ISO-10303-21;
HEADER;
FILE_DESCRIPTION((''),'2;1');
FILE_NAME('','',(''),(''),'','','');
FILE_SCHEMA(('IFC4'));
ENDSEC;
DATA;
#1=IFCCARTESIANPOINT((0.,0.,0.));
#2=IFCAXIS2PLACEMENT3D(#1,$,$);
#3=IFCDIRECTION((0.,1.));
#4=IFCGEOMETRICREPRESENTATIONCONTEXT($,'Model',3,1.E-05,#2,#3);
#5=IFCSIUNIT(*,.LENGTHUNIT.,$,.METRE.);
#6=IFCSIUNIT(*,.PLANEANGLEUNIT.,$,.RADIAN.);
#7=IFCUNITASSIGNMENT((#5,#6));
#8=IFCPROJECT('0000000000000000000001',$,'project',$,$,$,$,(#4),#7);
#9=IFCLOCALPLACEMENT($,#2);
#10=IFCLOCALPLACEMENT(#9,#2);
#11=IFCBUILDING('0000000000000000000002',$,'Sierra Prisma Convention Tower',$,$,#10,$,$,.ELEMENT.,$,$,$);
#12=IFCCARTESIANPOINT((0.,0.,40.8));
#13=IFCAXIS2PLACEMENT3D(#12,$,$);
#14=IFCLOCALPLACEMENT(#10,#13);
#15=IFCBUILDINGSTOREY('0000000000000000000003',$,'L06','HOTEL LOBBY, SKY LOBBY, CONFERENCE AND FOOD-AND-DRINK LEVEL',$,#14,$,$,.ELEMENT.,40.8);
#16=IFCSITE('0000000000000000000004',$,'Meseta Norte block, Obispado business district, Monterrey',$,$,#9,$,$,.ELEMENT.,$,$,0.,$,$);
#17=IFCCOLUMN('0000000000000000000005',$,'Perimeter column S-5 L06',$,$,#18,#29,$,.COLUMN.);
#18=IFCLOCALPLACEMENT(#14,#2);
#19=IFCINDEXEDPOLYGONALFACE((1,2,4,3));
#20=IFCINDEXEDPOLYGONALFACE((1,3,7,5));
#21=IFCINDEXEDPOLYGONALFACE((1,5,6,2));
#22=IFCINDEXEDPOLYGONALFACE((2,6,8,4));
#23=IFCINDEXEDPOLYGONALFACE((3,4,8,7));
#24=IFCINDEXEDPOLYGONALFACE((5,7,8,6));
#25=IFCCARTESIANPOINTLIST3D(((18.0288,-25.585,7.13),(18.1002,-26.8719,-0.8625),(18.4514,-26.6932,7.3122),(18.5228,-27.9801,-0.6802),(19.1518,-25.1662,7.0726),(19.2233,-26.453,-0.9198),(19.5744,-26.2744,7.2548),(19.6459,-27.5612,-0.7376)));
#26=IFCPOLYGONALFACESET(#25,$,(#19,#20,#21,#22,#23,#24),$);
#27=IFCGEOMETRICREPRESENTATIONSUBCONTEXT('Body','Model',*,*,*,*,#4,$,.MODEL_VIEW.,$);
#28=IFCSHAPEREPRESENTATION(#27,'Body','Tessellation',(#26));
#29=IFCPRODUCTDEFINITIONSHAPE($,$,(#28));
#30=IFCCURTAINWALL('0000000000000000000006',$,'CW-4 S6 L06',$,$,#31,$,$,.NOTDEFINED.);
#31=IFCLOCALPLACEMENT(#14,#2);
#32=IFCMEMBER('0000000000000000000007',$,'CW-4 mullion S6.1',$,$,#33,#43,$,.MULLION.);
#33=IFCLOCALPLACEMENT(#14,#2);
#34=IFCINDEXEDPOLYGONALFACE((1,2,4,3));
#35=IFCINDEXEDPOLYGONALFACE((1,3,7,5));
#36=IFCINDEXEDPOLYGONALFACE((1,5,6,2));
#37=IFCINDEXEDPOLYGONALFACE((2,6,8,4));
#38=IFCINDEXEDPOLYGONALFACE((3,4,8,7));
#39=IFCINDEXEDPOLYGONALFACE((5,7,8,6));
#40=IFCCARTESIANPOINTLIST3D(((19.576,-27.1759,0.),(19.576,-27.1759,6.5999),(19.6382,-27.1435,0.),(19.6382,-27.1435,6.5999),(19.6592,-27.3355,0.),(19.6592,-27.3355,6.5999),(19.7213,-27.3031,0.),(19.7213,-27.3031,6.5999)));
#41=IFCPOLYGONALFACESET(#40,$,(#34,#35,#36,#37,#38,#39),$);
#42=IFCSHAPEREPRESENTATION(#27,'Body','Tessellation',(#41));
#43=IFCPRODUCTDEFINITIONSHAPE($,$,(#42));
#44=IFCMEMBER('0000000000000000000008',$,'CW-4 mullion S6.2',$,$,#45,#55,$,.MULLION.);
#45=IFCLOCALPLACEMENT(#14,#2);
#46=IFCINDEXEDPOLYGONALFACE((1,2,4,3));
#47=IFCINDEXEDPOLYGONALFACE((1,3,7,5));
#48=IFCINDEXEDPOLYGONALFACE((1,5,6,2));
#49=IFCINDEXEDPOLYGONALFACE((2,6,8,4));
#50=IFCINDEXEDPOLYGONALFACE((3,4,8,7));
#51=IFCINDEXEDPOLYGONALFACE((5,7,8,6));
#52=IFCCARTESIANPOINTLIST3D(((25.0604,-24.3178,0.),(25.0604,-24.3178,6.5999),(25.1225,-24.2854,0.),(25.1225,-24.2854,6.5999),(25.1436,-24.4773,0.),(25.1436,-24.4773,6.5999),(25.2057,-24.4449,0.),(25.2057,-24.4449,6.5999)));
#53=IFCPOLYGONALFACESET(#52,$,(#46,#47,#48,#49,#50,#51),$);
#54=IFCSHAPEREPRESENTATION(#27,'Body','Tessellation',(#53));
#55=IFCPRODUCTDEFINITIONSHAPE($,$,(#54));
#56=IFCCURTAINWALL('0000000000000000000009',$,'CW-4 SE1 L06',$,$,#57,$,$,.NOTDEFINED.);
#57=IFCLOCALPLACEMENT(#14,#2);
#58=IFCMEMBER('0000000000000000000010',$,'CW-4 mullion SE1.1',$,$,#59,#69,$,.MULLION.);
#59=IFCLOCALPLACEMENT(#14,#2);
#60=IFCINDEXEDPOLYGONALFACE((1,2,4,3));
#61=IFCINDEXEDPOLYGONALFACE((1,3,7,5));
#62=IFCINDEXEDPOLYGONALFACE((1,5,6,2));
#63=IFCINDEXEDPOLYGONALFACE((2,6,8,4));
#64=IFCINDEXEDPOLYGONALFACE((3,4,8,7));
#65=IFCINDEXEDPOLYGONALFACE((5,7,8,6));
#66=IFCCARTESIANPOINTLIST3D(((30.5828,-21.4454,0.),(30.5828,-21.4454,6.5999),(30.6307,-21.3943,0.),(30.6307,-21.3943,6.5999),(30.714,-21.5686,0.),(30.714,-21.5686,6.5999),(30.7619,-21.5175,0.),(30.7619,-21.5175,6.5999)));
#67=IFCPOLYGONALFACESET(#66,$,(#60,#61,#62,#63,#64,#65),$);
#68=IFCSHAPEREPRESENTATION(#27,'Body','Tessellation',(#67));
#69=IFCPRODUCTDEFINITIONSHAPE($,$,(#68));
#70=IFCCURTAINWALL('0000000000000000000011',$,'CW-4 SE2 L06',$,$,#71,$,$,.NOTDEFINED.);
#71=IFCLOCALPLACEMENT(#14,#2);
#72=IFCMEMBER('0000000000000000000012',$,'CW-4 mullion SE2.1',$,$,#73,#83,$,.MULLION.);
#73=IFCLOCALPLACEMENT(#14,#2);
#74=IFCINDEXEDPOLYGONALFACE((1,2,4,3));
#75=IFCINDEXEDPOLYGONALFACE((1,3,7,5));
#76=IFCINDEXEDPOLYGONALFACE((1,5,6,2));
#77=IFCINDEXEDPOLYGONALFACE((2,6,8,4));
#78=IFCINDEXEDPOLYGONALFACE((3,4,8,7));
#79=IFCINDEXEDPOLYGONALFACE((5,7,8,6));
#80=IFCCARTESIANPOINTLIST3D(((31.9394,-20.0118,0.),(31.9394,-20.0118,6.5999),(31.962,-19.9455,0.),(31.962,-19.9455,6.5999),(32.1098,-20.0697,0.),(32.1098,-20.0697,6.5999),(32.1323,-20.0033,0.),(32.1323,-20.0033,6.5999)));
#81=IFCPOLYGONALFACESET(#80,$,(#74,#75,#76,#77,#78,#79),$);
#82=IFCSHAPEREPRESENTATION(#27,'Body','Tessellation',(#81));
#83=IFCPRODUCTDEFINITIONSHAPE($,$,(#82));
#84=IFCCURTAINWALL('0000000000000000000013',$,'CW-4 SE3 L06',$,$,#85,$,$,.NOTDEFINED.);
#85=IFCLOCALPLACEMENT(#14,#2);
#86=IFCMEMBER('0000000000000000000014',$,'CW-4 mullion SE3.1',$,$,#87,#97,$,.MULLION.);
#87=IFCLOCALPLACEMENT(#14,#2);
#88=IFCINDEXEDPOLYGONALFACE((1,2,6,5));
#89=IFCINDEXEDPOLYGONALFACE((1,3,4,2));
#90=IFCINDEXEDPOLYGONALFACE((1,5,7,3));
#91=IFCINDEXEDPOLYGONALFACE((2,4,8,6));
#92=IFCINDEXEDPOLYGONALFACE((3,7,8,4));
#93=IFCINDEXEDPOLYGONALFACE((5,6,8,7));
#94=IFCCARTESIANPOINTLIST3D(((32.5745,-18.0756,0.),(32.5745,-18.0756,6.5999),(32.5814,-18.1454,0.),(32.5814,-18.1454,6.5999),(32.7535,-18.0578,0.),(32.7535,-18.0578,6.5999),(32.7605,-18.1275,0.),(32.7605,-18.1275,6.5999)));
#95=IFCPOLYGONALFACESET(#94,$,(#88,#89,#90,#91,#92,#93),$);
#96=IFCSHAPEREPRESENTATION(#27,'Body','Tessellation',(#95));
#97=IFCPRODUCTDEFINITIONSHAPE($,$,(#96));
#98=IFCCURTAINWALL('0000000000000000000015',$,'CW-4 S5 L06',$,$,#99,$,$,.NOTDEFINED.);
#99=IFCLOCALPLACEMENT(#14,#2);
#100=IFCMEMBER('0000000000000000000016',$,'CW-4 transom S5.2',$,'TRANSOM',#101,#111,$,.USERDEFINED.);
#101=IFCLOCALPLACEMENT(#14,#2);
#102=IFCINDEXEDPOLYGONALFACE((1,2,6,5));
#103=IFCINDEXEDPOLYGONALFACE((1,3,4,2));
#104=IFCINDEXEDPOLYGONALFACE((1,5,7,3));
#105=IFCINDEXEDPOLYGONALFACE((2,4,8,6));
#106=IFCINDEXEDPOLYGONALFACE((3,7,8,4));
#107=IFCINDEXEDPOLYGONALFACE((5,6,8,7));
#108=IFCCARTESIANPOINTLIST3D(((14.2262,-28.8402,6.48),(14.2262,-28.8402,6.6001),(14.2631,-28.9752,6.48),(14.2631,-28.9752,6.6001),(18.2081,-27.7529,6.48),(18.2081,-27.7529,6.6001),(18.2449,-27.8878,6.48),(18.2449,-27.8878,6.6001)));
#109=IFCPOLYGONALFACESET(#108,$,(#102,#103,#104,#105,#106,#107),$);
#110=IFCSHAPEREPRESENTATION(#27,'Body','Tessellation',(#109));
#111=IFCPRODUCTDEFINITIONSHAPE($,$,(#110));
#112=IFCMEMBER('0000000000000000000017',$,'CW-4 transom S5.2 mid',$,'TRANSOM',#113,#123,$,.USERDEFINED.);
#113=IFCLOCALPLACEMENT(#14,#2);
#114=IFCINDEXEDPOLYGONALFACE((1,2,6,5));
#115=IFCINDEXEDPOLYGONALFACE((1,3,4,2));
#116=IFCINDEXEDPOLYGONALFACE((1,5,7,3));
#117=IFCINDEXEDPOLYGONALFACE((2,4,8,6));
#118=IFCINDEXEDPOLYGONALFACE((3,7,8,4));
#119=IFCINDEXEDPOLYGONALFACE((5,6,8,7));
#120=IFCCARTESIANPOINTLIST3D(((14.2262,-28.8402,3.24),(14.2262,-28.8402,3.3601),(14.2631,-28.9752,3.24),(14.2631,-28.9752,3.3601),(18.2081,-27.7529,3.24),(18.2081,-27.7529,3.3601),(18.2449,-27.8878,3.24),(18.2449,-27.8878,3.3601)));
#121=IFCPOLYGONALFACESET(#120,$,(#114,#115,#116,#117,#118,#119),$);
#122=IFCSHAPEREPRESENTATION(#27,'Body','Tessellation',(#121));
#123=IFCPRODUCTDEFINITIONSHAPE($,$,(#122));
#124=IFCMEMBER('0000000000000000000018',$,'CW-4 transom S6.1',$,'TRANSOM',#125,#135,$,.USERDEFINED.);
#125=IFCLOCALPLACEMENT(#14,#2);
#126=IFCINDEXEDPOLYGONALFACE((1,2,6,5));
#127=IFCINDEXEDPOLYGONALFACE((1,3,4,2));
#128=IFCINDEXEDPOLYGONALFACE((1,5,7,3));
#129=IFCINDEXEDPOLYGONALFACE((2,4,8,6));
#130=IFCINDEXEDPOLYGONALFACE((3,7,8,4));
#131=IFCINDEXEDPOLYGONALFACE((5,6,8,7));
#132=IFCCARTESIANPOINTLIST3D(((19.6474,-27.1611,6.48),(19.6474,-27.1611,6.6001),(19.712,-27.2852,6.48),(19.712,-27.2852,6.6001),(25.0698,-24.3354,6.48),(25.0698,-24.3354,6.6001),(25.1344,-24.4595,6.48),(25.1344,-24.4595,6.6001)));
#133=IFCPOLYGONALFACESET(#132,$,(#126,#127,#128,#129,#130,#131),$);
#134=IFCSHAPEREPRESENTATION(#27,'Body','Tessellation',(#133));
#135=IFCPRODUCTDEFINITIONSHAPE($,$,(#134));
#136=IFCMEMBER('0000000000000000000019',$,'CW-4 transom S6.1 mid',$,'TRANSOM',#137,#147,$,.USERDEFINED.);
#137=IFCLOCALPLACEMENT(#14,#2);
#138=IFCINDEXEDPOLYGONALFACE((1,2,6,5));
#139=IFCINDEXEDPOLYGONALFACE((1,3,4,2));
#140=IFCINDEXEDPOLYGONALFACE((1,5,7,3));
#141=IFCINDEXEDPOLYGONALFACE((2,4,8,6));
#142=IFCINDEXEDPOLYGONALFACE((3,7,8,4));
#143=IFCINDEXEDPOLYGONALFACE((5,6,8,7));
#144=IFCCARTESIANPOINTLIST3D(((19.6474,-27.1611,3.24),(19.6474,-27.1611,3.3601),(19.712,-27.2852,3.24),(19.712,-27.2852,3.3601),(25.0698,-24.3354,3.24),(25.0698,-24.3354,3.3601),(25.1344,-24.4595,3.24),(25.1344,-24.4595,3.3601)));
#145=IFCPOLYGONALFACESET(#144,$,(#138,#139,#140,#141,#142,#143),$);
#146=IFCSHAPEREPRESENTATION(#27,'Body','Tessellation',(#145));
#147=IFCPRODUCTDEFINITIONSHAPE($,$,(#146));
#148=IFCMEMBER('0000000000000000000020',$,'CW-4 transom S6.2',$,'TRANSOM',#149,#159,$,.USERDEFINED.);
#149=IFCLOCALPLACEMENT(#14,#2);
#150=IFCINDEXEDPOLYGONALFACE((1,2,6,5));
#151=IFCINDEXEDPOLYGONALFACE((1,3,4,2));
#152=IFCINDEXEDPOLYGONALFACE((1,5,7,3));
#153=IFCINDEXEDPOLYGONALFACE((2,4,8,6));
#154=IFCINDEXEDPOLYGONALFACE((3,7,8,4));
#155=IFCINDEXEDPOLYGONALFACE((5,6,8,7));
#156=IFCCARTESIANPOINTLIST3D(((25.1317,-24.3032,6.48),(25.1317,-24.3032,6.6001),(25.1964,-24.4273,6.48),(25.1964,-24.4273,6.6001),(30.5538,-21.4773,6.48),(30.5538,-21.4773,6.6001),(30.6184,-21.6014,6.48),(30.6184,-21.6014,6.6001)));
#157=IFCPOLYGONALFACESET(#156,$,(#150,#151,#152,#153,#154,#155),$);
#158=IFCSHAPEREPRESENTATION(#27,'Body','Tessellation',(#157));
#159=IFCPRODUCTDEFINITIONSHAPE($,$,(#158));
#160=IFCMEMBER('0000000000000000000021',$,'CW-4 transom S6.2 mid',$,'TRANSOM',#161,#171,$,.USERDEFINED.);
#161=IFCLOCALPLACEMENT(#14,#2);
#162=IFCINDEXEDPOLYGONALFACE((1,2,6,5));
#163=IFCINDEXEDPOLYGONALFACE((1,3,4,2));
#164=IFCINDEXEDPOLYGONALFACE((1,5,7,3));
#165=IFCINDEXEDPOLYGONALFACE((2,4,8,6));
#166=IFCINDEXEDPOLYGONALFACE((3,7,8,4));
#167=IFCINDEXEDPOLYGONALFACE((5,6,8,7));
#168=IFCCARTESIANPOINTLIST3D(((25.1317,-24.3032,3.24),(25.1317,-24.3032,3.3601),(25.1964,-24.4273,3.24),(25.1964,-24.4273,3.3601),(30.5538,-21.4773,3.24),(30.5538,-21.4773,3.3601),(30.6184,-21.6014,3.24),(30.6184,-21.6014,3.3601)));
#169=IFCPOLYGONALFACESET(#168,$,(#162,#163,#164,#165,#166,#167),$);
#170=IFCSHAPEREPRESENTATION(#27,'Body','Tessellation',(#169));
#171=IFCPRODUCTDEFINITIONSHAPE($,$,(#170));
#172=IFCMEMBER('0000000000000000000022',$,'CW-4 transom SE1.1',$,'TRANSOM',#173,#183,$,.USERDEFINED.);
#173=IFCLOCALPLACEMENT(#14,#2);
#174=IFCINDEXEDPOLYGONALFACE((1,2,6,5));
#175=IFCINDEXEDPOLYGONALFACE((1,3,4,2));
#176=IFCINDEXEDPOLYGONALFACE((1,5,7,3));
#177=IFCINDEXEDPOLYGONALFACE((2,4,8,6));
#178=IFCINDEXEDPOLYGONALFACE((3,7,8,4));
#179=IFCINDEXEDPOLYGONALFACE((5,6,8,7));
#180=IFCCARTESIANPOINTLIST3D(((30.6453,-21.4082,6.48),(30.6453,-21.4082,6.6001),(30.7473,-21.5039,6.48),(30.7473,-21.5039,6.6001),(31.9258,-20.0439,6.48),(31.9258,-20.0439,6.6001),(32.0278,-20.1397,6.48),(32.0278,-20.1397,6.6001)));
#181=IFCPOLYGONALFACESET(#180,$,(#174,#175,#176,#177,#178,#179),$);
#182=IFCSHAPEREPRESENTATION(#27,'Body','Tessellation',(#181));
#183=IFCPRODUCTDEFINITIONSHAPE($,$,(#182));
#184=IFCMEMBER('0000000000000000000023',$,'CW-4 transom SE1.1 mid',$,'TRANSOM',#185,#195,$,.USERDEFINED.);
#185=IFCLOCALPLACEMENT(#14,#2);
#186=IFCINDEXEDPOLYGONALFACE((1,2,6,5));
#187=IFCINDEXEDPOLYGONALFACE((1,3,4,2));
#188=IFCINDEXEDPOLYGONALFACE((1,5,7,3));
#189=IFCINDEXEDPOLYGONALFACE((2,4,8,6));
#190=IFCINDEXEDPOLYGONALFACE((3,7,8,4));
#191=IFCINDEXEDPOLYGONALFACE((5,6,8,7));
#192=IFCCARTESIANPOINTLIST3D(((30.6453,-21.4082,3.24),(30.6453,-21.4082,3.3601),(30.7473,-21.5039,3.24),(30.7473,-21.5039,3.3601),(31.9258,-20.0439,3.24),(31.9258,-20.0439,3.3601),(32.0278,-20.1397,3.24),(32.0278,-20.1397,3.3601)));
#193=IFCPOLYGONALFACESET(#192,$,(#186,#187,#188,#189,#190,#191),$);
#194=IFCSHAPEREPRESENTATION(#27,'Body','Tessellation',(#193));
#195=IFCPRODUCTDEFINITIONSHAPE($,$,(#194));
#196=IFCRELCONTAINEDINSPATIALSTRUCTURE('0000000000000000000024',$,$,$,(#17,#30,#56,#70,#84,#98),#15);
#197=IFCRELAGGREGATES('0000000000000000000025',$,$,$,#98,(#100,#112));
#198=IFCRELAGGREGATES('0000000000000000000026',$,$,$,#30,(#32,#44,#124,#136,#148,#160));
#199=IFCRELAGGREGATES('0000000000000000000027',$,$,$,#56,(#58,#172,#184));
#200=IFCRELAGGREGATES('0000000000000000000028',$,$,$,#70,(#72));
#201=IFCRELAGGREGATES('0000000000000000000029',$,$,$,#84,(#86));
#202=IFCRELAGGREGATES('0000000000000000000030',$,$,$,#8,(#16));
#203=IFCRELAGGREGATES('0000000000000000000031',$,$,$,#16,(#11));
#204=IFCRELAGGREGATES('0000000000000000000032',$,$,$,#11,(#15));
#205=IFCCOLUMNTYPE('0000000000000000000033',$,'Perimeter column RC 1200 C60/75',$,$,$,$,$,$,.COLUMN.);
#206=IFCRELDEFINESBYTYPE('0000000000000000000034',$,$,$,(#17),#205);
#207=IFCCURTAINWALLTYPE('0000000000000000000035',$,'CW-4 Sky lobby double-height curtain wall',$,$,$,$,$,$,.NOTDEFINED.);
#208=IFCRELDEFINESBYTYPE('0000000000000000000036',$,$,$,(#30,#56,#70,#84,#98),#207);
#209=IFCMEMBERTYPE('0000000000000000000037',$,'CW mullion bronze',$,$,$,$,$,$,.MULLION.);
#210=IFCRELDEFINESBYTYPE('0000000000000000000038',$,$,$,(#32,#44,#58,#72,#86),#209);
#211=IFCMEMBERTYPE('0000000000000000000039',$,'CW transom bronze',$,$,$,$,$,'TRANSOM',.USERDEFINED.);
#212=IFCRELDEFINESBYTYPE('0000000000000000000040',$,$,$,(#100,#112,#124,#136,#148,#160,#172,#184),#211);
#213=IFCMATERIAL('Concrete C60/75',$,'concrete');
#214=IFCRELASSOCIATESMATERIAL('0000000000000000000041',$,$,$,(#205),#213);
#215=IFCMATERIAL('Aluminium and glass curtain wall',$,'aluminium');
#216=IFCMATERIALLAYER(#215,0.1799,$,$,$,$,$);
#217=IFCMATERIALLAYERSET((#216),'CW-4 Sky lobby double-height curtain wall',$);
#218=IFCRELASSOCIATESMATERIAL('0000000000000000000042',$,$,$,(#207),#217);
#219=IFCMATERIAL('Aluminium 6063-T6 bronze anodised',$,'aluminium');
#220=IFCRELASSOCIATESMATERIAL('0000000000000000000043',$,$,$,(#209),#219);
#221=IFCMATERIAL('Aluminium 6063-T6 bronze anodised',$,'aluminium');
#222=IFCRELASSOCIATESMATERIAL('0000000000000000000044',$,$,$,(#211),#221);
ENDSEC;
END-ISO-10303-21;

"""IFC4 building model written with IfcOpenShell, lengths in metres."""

from ifc_helpers import new_model, si_unit, direction, frame, origin, origin_2d, place, context, subcontext, project, spatial, rectangle, extrude, clip, halfspace, material, layer, layer_set, material_profile, profile_set, type_object, element, aggregate, save


model = new_model("IFC4")

# Units and contexts
model_context = context("Model", 3, precision=1e-05, world=origin(), true_north=direction((0.0, 1.0)))
body_context = subcontext(model_context, "Body", "Model", "MODEL_VIEW")
ifc_project = project(units=[si_unit("LENGTHUNIT", "METRE"), si_unit("PLANEANGLEUNIT", "RADIAN")], contexts=[model_context])

# Site, building, storey
site_placement = place(None, origin())
site = spatial("IfcSite", under=ifc_project, at=site_placement, Name="Meseta Norte block, Obispado business district, Monterrey", CompositionType="ELEMENT", RefElevation=0.0)
building_placement = place(site_placement, origin())
building = spatial("IfcBuilding", under=site, at=building_placement, Name="Sierra Prisma Convention Tower", CompositionType="ELEMENT")
storey_placement = place(building_placement, frame((0.0, 0.0, 40.8)))
storey = spatial("IfcBuildingStorey", under=building, at=storey_placement, Name="L06", Description="HOTEL LOBBY, SKY LOBBY, CONFERENCE AND FOOD-AND-DRINK LEVEL", CompositionType="ELEMENT", Elevation=40.8)

# Column
ifc_material_1 = material(Name="Concrete C60/75", Category="concrete")
ifc_material_profile_1 = material_profile(ifc_material_1, rectangle(XDim=1.2, YDim=1.2, at=origin_2d()), Name="Perimeter column RC 1200 C60/75")
ifc_profile_set_1 = profile_set([ifc_material_profile_1], Name="Concrete C60/75")
column_type = type_object("IfcColumnType", Name="Perimeter column RC 1200 C60/75", PredefinedType="COLUMN", material=ifc_profile_set_1)
column_placement = place(storey_placement, frame((18.873, -27.2166, -0.8), z_axis=(-0.008828, 0.158957, 0.987246), x_axis=(0.93589, 0.34903, -0.047829)))
element("IfcColumn", 1, at=column_placement, inside=storey, type_object=column_type, Name="Perimeter column S-5 L06", PredefinedType="COLUMN", context=body_context, shape_type="SweptSolid", body=[
    clip(extrude(rectangle(XDim=1.2, YDim=1.2, at=origin_2d()), origin(), (0.0, 0.0, 1.0), 8.1033), halfspace(frame((0.0, 0.0, 8.0957)), False)),
])

# Curtain wall, members
ifc_material_2 = material(Name="Aluminium and glass curtain wall", Category="aluminium")
ifc_layer_1 = layer(ifc_material_2, 0.1799)
ifc_layer_set_1 = layer_set([ifc_layer_1], Name="CW-4 Sky lobby double-height curtain wall")
curtain_wall_type = type_object("IfcCurtainWallType", Name="CW-4 Sky lobby double-height curtain wall", PredefinedType="NOTDEFINED", material=ifc_layer_set_1)
curtain_wall_1_placement = place(storey_placement, origin())
curtain_wall_1 = element("IfcCurtainWall", 2, at=curtain_wall_1_placement, inside=storey, type_object=curtain_wall_type, Name="CW-4 S6 L06", PredefinedType="NOTDEFINED")
ifc_material_3 = material(Name="Aluminium 6063-T6 bronze anodised", Category="aluminium")
ifc_material_profile_2 = material_profile(ifc_material_3, rectangle(XDim=0.1799, YDim=0.0701, at=origin_2d()), Name="ALU MULLION 70x180")
ifc_profile_set_2 = profile_set([ifc_material_profile_2], Name="Aluminium 6063-T6 bronze anodised")
member_type_1 = type_object("IfcMemberType", Name="CW mullion bronze", PredefinedType="MULLION", material=ifc_profile_set_2)
member_1_placement = place(storey_placement, frame((19.6487, -27.2395, 0.0), z_axis=(0.0, 0.0, 1.0), x_axis=(-0.462151, 0.886801, 0.0)))
member_1 = element("IfcMember", 3, at=member_1_placement, type_object=member_type_1, Name="CW-4 mullion S6.1", PredefinedType="MULLION", context=body_context, shape_type="SweptSolid", body=[
    extrude(rectangle(XDim=0.1799, YDim=0.0701, at=origin_2d()), origin(), (0.0, 0.0, 1.0), 6.5999),
])
member_2_placement = place(storey_placement, frame((25.1331, -24.3813, 0.0), z_axis=(0.0, 0.0, 1.0), x_axis=(-0.462151, 0.886801, 0.0)))
member_2 = element("IfcMember", 4, at=member_2_placement, type_object=member_type_1, Name="CW-4 mullion S6.2", PredefinedType="MULLION", context=body_context, shape_type="SweptSolid", body=[
    extrude(rectangle(XDim=0.1799, YDim=0.0701, at=origin_2d()), origin(), (0.0, 0.0, 1.0), 6.5999),
])

# Curtain walls, members
curtain_wall_2_placement = place(storey_placement, origin())
curtain_wall_2 = element("IfcCurtainWall", 5, at=curtain_wall_2_placement, inside=storey, type_object=curtain_wall_type, Name="CW-4 SE1 L06", PredefinedType="NOTDEFINED")
member_3_placement = place(storey_placement, frame((30.6724, -21.4814, 0.0), z_axis=(0.0, 0.0, 1.0), x_axis=(-0.729107, 0.6844, 0.0)))
member_3 = element("IfcMember", 6, at=member_3_placement, type_object=member_type_1, Name="CW-4 mullion SE1.1", PredefinedType="MULLION", context=body_context, shape_type="SweptSolid", body=[
    extrude(rectangle(XDim=0.1799, YDim=0.0701, at=origin_2d()), origin(), (0.0, 0.0, 1.0), 6.5999),
])
curtain_wall_3_placement = place(storey_placement, origin())
curtain_wall_3 = element("IfcCurtainWall", 7, at=curtain_wall_3_placement, inside=storey, type_object=curtain_wall_type, Name="CW-4 SE2 L06", PredefinedType="NOTDEFINED")
member_4_placement = place(storey_placement, frame((32.0359, -20.0076, 0.0), z_axis=(0.0, 0.0, 1.0), x_axis=(-0.946957, 0.321361, 0.0)))
member_4 = element("IfcMember", 8, at=member_4_placement, type_object=member_type_1, Name="CW-4 mullion SE2.1", PredefinedType="MULLION", context=body_context, shape_type="SweptSolid", body=[
    extrude(rectangle(XDim=0.1799, YDim=0.0701, at=origin_2d()), origin(), (0.0, 0.0, 1.0), 6.5999),
])
curtain_wall_4_placement = place(storey_placement, origin())
curtain_wall_4 = element("IfcCurtainWall", 9, at=curtain_wall_4_placement, inside=storey, type_object=curtain_wall_type, Name="CW-4 SE3 L06", PredefinedType="NOTDEFINED")
member_5_placement = place(storey_placement, frame((32.6675, -18.1016, 0.0), z_axis=(0.0, 0.0, 1.0), x_axis=(-0.995059, -0.099283, 0.0)))
member_5 = element("IfcMember", 10, at=member_5_placement, type_object=member_type_1, Name="CW-4 mullion SE3.1", PredefinedType="MULLION", context=body_context, shape_type="SweptSolid", body=[
    extrude(rectangle(XDim=0.1799, YDim=0.0701, at=origin_2d()), origin(), (0.0, 0.0, 1.0), 6.5999),
])

# Curtain wall, members
curtain_wall_5_placement = place(storey_placement, origin())
curtain_wall_5 = element("IfcCurtainWall", 11, at=curtain_wall_5_placement, inside=storey, type_object=curtain_wall_type, Name="CW-4 S5 L06", PredefinedType="NOTDEFINED")
ifc_material_4 = material(Name="Aluminium 6063-T6 bronze anodised", Category="aluminium")
ifc_material_profile_3 = material_profile(ifc_material_4, rectangle(XDim=0.1399, YDim=0.1201, at=origin_2d()), Name="ALU TRANSOM 120x140")
ifc_profile_set_3 = profile_set([ifc_material_profile_3], Name="Aluminium 6063-T6 bronze anodised")
member_type_2 = type_object("IfcMemberType", Name="CW transom bronze", ElementType="TRANSOM", PredefinedType="USERDEFINED", material=ifc_profile_set_3)
member_6_placement = place(storey_placement, frame((14.2446, -28.9077, 6.54), z_axis=(0.964676, 0.263438, 0.0), x_axis=(-0.263438, 0.964676, 0.0)))
member_6 = element("IfcMember", 12, at=member_6_placement, type_object=member_type_2, Name="CW-4 transom S5.2", ObjectType="TRANSOM", PredefinedType="USERDEFINED", context=body_context, shape_type="SweptSolid", body=[
    extrude(rectangle(XDim=0.1399, YDim=0.1201, at=origin_2d()), origin(), (0.0, 0.0, 1.0), 4.1277),
])
member_7_placement = place(storey_placement, frame((14.2446, -28.9077, 3.3), z_axis=(0.964676, 0.263438, 0.0), x_axis=(-0.263438, 0.964676, 0.0)))
member_7 = element("IfcMember", 13, at=member_7_placement, type_object=member_type_2, Name="CW-4 transom S5.2 mid", ObjectType="TRANSOM", PredefinedType="USERDEFINED", context=body_context, shape_type="SweptSolid", body=[
    extrude(rectangle(XDim=0.1399, YDim=0.1201, at=origin_2d()), origin(), (0.0, 0.0, 1.0), 4.1277),
])

# Members
member_8_placement = place(storey_placement, frame((19.6797, -27.2231, 6.54), z_axis=(0.886811, 0.462132, 0.0), x_axis=(-0.462132, 0.886811, 0.0)))
member_8 = element("IfcMember", 14, at=member_8_placement, type_object=member_type_2, Name="CW-4 transom S6.1", ObjectType="TRANSOM", PredefinedType="USERDEFINED", context=body_context, shape_type="SweptSolid", body=[
    extrude(rectangle(XDim=0.1399, YDim=0.1201, at=origin_2d()), origin(), (0.0, 0.0, 1.0), 6.1145),
])
member_9_placement = place(storey_placement, frame((19.6797, -27.2231, 3.3), z_axis=(0.886811, 0.462132, 0.0), x_axis=(-0.462132, 0.886811, 0.0)))
member_9 = element("IfcMember", 15, at=member_9_placement, type_object=member_type_2, Name="CW-4 transom S6.1 mid", ObjectType="TRANSOM", PredefinedType="USERDEFINED", context=body_context, shape_type="SweptSolid", body=[
    extrude(rectangle(XDim=0.1399, YDim=0.1201, at=origin_2d()), origin(), (0.0, 0.0, 1.0), 6.1145),
])
member_10_placement = place(storey_placement, frame((25.1641, -24.3652, 6.54), z_axis=(0.886786, 0.46218, 0.0), x_axis=(-0.46218, 0.886786, 0.0)))
member_10 = element("IfcMember", 16, at=member_10_placement, type_object=member_type_2, Name="CW-4 transom S6.2", ObjectType="TRANSOM", PredefinedType="USERDEFINED", context=body_context, shape_type="SweptSolid", body=[
    extrude(rectangle(XDim=0.1399, YDim=0.1201, at=origin_2d()), origin(), (0.0, 0.0, 1.0), 6.1143),
])
member_11_placement = place(storey_placement, frame((25.1641, -24.3652, 3.3), z_axis=(0.886786, 0.46218, 0.0), x_axis=(-0.46218, 0.886786, 0.0)))
member_11 = element("IfcMember", 17, at=member_11_placement, type_object=member_type_2, Name="CW-4 transom S6.2 mid", ObjectType="TRANSOM", PredefinedType="USERDEFINED", context=body_context, shape_type="SweptSolid", body=[
    extrude(rectangle(XDim=0.1399, YDim=0.1201, at=origin_2d()), origin(), (0.0, 0.0, 1.0), 6.1143),
])
member_12_placement = place(storey_placement, frame((30.6963, -21.4561, 6.54), z_axis=(0.684375, 0.72913, 0.0), x_axis=(-0.72913, 0.684375, 0.0)))
member_12 = element("IfcMember", 18, at=member_12_placement, type_object=member_type_2, Name="CW-4 transom SE1.1", ObjectType="TRANSOM", PredefinedType="USERDEFINED", context=body_context, shape_type="SweptSolid", body=[
    extrude(rectangle(XDim=0.1399, YDim=0.1201, at=origin_2d()), origin(), (0.0, 0.0, 1.0), 1.8711),
])
member_13_placement = place(storey_placement, frame((30.6963, -21.4561, 3.3), z_axis=(0.684375, 0.72913, 0.0), x_axis=(-0.72913, 0.684375, 0.0)))
member_13 = element("IfcMember", 19, at=member_13_placement, type_object=member_type_2, Name="CW-4 transom SE1.1 mid", ObjectType="TRANSOM", PredefinedType="USERDEFINED", context=body_context, shape_type="SweptSolid", body=[
    extrude(rectangle(XDim=0.1399, YDim=0.1201, at=origin_2d()), origin(), (0.0, 0.0, 1.0), 1.8711),
])

aggregate(curtain_wall_5, [member_6, member_7])
aggregate(curtain_wall_1, [member_1, member_2, member_8, member_9, member_10, member_11])
aggregate(curtain_wall_2, [member_3, member_12, member_13])
aggregate(curtain_wall_3, [member_4])
aggregate(curtain_wall_4, [member_5])

save(model, "model.ifc")
